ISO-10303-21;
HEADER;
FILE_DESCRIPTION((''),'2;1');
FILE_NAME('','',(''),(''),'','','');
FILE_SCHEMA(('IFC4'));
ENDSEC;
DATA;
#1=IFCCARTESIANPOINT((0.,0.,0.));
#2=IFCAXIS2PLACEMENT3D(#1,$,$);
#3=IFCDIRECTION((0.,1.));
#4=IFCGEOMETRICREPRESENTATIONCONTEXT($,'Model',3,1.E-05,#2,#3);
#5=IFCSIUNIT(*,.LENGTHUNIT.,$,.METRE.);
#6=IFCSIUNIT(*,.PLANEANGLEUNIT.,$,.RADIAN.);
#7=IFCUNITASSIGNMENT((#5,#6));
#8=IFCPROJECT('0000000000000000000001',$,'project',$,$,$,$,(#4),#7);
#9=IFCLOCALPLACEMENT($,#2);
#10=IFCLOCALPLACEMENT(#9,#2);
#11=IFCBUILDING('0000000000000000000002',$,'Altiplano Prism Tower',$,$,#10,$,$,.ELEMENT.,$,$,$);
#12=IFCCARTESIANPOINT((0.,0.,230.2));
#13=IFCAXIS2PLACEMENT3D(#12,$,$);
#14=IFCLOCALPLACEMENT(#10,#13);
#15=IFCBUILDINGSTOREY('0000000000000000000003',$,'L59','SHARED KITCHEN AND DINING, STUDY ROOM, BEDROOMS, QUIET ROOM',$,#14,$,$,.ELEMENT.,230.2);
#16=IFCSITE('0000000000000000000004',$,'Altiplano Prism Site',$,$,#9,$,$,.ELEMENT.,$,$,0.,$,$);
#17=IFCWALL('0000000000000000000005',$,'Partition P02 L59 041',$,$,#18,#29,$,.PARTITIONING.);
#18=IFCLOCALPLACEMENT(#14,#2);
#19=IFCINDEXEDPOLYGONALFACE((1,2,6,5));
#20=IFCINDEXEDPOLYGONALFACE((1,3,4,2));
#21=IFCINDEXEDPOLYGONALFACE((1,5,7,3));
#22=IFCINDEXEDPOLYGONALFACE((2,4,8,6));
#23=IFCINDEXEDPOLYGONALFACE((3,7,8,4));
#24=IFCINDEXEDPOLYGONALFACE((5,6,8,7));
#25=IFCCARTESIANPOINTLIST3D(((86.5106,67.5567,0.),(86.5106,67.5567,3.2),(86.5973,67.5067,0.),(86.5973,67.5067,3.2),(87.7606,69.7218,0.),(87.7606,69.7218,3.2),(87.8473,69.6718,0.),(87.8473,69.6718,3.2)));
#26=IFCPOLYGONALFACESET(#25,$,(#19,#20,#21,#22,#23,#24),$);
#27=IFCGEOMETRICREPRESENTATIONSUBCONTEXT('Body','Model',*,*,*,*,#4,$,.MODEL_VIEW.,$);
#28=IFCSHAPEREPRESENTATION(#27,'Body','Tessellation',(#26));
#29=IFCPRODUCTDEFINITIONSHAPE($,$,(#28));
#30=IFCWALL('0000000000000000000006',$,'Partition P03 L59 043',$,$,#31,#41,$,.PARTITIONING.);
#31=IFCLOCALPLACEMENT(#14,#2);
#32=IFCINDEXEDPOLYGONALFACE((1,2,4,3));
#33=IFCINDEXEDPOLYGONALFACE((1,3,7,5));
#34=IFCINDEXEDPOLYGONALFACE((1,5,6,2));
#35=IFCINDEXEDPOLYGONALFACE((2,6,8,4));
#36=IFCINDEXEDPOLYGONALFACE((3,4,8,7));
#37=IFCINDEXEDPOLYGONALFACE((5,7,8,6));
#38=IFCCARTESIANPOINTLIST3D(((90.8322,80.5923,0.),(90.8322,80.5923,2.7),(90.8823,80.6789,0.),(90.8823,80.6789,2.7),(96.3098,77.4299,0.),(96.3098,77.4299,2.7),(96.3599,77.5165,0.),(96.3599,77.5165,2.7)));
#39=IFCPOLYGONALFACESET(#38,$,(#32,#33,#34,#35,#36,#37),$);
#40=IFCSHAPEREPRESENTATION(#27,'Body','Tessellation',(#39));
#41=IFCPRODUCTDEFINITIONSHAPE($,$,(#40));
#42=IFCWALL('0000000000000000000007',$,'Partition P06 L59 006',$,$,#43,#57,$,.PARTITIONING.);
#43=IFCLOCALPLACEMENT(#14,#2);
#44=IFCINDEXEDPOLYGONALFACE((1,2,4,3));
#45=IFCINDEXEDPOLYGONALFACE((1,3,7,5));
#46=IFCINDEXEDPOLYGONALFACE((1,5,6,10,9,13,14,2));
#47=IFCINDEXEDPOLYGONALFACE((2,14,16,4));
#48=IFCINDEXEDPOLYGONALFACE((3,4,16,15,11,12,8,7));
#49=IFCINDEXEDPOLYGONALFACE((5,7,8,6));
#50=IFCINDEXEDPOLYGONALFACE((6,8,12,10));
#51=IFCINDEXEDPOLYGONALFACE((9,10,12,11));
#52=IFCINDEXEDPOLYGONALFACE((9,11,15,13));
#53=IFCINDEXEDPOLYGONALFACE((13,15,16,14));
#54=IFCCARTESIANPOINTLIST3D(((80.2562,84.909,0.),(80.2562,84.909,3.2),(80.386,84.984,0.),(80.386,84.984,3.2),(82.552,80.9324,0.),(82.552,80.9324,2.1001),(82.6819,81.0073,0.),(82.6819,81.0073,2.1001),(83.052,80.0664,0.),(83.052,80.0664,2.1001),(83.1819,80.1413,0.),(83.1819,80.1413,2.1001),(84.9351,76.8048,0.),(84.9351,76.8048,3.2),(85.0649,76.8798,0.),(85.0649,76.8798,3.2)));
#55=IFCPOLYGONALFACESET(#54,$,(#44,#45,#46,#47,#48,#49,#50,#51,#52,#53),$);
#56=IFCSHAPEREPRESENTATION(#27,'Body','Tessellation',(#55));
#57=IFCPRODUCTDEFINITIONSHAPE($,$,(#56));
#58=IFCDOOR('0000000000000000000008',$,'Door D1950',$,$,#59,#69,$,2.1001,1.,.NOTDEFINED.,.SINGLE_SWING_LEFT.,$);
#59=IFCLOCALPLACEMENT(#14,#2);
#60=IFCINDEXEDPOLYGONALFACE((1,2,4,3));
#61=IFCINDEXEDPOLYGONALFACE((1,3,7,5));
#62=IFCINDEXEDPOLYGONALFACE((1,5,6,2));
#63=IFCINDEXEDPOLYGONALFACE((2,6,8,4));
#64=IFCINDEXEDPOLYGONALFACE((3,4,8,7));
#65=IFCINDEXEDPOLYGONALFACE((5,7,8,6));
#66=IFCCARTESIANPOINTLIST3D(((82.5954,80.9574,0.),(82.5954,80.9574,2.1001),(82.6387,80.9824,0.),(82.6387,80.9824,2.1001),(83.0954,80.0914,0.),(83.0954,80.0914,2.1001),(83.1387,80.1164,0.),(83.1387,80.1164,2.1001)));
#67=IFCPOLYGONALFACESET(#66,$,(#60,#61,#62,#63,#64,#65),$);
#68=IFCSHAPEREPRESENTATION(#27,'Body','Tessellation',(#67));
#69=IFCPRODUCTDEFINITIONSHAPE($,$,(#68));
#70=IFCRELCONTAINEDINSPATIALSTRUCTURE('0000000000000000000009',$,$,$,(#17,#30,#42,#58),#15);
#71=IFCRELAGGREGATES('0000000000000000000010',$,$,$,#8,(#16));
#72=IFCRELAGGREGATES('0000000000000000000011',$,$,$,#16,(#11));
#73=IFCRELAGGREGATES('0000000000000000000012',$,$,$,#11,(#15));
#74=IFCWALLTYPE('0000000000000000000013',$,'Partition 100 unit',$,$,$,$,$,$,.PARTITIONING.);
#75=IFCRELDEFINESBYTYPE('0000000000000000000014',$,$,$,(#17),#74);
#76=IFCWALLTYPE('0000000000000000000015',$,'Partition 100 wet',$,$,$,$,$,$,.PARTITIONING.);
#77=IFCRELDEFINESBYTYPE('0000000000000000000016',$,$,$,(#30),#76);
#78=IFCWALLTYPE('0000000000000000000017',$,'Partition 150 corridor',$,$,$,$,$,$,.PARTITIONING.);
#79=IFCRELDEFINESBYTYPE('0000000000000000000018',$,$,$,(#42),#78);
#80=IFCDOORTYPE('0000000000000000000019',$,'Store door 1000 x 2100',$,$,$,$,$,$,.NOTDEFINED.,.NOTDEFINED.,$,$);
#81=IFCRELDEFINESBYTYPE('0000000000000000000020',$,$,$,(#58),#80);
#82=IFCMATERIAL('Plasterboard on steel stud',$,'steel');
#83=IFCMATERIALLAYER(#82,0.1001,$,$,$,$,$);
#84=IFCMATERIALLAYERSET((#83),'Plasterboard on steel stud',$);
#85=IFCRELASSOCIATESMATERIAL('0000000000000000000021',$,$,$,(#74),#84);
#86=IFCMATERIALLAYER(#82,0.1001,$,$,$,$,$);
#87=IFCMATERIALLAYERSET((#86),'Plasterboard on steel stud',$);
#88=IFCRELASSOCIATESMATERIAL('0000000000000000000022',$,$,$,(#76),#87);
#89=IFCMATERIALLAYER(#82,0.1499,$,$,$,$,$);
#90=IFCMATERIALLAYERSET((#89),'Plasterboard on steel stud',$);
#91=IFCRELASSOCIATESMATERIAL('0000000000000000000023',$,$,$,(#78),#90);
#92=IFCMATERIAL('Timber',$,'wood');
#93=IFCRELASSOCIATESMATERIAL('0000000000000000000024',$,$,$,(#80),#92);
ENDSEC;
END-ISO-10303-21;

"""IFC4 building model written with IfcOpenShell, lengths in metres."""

from ifc_helpers import new_model, si_unit, direction, frame, frame_2d, origin, place, context, subcontext, project, spatial, rectangle, extrude, material, layer, layer_set, type_object, element, fill, save


model = new_model("IFC4")

# Units and contexts
model_context = context("Model", 3, precision=1e-05, world=origin(), true_north=direction((0.0, 1.0)))
body_context = subcontext(model_context, "Body", "Model", "MODEL_VIEW")
ifc_project = project(units=[si_unit("LENGTHUNIT", "METRE"), si_unit("PLANEANGLEUNIT", "RADIAN")], contexts=[model_context])

# Site, building, storey
site_placement = place(None, origin())
site = spatial("IfcSite", under=ifc_project, at=site_placement, Name="Altiplano Prism Site", CompositionType="ELEMENT", RefElevation=0.0)
building_placement = place(site_placement, origin())
building = spatial("IfcBuilding", under=site, at=building_placement, Name="Altiplano Prism Tower", CompositionType="ELEMENT")
storey_placement = place(building_placement, frame((0.0, 0.0, 230.2)))
storey = spatial("IfcBuildingStorey", under=building, at=storey_placement, Name="L59", Description="SHARED KITCHEN AND DINING, STUDY ROOM, BEDROOMS, QUIET ROOM", CompositionType="ELEMENT", Elevation=230.2)

# Shared definitions
ifc_material_1 = material(Name="Plasterboard on steel stud", Category="steel")
ifc_layer_1 = layer(ifc_material_1, 0.1001)
ifc_layer_set_1 = layer_set([ifc_layer_1], Name="Plasterboard on steel stud")
wall_type_1 = type_object("IfcWallType", Name="Partition 100 unit", PredefinedType="PARTITIONING", material=ifc_layer_set_1)
ifc_material_2 = material(Name="Timber", Category="wood")

# Walls
wall_1_placement = place(storey_placement, frame((87.804, 69.6968, 0.0), z_axis=(0.0, 0.0, 1.0), x_axis=(-0.500004, -0.866023, 0.0)))
element("IfcWall", 1, at=wall_1_placement, inside=storey, type_object=wall_type_1, Name="Partition P02 L59 041", PredefinedType="PARTITIONING", context=body_context, shape_type="SweptSolid", body=[
    extrude(rectangle(XDim=2.5, YDim=0.1001, at=frame_2d((1.25, 0.0))), origin(), (0.0, 0.0, 1.0), 3.2),
])
ifc_layer_2 = layer(ifc_material_1, 0.1001)
ifc_layer_set_2 = layer_set([ifc_layer_2], Name="Plasterboard on steel stud")
wall_type_2 = type_object("IfcWallType", Name="Partition 100 wet", PredefinedType="PARTITIONING", material=ifc_layer_set_2)
wall_2_placement = place(storey_placement, frame((96.335, 77.4731, 0.0), z_axis=(0.0, 0.0, 1.0), x_axis=(-0.866033, 0.499988, 0.0)))
element("IfcWall", 2, at=wall_2_placement, inside=storey, type_object=wall_type_2, Name="Partition P03 L59 043", PredefinedType="PARTITIONING", context=body_context, shape_type="SweptSolid", body=[
    extrude(rectangle(XDim=6.325, YDim=0.1001, at=frame_2d((3.1626, 0.0))), origin(), (0.0, 0.0, 1.0), 2.7),
])

# Wall, opening, door
ifc_layer_3 = layer(ifc_material_1, 0.1499)
ifc_layer_set_3 = layer_set([ifc_layer_3], Name="Plasterboard on steel stud")
wall_type_3 = type_object("IfcWallType", Name="Partition 150 corridor", PredefinedType="PARTITIONING", material=ifc_layer_set_3)
wall_3_placement = place(storey_placement, frame((85.0, 76.8423, 0.0), z_axis=(0.0, 0.0, 1.0), x_axis=(-0.499997, 0.866027, 0.0)))
wall_3 = element("IfcWall", 3, at=wall_3_placement, inside=storey, type_object=wall_type_3, Name="Partition P06 L59 006", PredefinedType="PARTITIONING", context=body_context, shape_type="SweptSolid", body=[
    extrude(rectangle(XDim=9.3579, YDim=0.1499, at=frame_2d((4.679, 0.0))), origin(), (0.0, 0.0, 1.0), 3.2),
])
opening_1_placement = place(wall_3_placement, frame((3.7661, 0.0, 0.0)))
opening_1 = element("IfcOpeningElement", 4, at=opening_1_placement, cuts=wall_3, PredefinedType="OPENING", context=body_context, shape_type="SweptSolid", body=[
    extrude(rectangle(XDim=1.0, YDim=2.1001, at=frame_2d((0.5, 1.05))), frame((0.0, 0.0854, 0.0), z_axis=(0.0, -1.0, 0.0), x_axis=(1.0, 0.0, 0.0)), (0.0, 0.0, 1.0), 0.1709),
])
door_type_1 = type_object("IfcDoorType", Name="Store door 1000 x 2100", OperationType="NOTDEFINED", PredefinedType="NOTDEFINED", material=ifc_material_2)
door_1_placement = place(opening_1_placement, origin())
door_1 = element("IfcDoor", 5, at=door_1_placement, inside=storey, type_object=door_type_1, Name="Door D1950", OperationType="SINGLE_SWING_LEFT", OverallHeight=2.1001, OverallWidth=1.0, PredefinedType="NOTDEFINED", context=body_context, shape_type="SweptSolid", body=[
    extrude(rectangle(XDim=1.0, YDim=2.1001, at=frame_2d((0.5, 1.05))), frame((0.0, 0.0249, 0.0), z_axis=(0.0, -1.0, 0.0), x_axis=(1.0, 0.0, 0.0)), (0.0, 0.0, 1.0), 0.05),
])
fill(opening_1, door_1)

save(model, "model.ifc")
